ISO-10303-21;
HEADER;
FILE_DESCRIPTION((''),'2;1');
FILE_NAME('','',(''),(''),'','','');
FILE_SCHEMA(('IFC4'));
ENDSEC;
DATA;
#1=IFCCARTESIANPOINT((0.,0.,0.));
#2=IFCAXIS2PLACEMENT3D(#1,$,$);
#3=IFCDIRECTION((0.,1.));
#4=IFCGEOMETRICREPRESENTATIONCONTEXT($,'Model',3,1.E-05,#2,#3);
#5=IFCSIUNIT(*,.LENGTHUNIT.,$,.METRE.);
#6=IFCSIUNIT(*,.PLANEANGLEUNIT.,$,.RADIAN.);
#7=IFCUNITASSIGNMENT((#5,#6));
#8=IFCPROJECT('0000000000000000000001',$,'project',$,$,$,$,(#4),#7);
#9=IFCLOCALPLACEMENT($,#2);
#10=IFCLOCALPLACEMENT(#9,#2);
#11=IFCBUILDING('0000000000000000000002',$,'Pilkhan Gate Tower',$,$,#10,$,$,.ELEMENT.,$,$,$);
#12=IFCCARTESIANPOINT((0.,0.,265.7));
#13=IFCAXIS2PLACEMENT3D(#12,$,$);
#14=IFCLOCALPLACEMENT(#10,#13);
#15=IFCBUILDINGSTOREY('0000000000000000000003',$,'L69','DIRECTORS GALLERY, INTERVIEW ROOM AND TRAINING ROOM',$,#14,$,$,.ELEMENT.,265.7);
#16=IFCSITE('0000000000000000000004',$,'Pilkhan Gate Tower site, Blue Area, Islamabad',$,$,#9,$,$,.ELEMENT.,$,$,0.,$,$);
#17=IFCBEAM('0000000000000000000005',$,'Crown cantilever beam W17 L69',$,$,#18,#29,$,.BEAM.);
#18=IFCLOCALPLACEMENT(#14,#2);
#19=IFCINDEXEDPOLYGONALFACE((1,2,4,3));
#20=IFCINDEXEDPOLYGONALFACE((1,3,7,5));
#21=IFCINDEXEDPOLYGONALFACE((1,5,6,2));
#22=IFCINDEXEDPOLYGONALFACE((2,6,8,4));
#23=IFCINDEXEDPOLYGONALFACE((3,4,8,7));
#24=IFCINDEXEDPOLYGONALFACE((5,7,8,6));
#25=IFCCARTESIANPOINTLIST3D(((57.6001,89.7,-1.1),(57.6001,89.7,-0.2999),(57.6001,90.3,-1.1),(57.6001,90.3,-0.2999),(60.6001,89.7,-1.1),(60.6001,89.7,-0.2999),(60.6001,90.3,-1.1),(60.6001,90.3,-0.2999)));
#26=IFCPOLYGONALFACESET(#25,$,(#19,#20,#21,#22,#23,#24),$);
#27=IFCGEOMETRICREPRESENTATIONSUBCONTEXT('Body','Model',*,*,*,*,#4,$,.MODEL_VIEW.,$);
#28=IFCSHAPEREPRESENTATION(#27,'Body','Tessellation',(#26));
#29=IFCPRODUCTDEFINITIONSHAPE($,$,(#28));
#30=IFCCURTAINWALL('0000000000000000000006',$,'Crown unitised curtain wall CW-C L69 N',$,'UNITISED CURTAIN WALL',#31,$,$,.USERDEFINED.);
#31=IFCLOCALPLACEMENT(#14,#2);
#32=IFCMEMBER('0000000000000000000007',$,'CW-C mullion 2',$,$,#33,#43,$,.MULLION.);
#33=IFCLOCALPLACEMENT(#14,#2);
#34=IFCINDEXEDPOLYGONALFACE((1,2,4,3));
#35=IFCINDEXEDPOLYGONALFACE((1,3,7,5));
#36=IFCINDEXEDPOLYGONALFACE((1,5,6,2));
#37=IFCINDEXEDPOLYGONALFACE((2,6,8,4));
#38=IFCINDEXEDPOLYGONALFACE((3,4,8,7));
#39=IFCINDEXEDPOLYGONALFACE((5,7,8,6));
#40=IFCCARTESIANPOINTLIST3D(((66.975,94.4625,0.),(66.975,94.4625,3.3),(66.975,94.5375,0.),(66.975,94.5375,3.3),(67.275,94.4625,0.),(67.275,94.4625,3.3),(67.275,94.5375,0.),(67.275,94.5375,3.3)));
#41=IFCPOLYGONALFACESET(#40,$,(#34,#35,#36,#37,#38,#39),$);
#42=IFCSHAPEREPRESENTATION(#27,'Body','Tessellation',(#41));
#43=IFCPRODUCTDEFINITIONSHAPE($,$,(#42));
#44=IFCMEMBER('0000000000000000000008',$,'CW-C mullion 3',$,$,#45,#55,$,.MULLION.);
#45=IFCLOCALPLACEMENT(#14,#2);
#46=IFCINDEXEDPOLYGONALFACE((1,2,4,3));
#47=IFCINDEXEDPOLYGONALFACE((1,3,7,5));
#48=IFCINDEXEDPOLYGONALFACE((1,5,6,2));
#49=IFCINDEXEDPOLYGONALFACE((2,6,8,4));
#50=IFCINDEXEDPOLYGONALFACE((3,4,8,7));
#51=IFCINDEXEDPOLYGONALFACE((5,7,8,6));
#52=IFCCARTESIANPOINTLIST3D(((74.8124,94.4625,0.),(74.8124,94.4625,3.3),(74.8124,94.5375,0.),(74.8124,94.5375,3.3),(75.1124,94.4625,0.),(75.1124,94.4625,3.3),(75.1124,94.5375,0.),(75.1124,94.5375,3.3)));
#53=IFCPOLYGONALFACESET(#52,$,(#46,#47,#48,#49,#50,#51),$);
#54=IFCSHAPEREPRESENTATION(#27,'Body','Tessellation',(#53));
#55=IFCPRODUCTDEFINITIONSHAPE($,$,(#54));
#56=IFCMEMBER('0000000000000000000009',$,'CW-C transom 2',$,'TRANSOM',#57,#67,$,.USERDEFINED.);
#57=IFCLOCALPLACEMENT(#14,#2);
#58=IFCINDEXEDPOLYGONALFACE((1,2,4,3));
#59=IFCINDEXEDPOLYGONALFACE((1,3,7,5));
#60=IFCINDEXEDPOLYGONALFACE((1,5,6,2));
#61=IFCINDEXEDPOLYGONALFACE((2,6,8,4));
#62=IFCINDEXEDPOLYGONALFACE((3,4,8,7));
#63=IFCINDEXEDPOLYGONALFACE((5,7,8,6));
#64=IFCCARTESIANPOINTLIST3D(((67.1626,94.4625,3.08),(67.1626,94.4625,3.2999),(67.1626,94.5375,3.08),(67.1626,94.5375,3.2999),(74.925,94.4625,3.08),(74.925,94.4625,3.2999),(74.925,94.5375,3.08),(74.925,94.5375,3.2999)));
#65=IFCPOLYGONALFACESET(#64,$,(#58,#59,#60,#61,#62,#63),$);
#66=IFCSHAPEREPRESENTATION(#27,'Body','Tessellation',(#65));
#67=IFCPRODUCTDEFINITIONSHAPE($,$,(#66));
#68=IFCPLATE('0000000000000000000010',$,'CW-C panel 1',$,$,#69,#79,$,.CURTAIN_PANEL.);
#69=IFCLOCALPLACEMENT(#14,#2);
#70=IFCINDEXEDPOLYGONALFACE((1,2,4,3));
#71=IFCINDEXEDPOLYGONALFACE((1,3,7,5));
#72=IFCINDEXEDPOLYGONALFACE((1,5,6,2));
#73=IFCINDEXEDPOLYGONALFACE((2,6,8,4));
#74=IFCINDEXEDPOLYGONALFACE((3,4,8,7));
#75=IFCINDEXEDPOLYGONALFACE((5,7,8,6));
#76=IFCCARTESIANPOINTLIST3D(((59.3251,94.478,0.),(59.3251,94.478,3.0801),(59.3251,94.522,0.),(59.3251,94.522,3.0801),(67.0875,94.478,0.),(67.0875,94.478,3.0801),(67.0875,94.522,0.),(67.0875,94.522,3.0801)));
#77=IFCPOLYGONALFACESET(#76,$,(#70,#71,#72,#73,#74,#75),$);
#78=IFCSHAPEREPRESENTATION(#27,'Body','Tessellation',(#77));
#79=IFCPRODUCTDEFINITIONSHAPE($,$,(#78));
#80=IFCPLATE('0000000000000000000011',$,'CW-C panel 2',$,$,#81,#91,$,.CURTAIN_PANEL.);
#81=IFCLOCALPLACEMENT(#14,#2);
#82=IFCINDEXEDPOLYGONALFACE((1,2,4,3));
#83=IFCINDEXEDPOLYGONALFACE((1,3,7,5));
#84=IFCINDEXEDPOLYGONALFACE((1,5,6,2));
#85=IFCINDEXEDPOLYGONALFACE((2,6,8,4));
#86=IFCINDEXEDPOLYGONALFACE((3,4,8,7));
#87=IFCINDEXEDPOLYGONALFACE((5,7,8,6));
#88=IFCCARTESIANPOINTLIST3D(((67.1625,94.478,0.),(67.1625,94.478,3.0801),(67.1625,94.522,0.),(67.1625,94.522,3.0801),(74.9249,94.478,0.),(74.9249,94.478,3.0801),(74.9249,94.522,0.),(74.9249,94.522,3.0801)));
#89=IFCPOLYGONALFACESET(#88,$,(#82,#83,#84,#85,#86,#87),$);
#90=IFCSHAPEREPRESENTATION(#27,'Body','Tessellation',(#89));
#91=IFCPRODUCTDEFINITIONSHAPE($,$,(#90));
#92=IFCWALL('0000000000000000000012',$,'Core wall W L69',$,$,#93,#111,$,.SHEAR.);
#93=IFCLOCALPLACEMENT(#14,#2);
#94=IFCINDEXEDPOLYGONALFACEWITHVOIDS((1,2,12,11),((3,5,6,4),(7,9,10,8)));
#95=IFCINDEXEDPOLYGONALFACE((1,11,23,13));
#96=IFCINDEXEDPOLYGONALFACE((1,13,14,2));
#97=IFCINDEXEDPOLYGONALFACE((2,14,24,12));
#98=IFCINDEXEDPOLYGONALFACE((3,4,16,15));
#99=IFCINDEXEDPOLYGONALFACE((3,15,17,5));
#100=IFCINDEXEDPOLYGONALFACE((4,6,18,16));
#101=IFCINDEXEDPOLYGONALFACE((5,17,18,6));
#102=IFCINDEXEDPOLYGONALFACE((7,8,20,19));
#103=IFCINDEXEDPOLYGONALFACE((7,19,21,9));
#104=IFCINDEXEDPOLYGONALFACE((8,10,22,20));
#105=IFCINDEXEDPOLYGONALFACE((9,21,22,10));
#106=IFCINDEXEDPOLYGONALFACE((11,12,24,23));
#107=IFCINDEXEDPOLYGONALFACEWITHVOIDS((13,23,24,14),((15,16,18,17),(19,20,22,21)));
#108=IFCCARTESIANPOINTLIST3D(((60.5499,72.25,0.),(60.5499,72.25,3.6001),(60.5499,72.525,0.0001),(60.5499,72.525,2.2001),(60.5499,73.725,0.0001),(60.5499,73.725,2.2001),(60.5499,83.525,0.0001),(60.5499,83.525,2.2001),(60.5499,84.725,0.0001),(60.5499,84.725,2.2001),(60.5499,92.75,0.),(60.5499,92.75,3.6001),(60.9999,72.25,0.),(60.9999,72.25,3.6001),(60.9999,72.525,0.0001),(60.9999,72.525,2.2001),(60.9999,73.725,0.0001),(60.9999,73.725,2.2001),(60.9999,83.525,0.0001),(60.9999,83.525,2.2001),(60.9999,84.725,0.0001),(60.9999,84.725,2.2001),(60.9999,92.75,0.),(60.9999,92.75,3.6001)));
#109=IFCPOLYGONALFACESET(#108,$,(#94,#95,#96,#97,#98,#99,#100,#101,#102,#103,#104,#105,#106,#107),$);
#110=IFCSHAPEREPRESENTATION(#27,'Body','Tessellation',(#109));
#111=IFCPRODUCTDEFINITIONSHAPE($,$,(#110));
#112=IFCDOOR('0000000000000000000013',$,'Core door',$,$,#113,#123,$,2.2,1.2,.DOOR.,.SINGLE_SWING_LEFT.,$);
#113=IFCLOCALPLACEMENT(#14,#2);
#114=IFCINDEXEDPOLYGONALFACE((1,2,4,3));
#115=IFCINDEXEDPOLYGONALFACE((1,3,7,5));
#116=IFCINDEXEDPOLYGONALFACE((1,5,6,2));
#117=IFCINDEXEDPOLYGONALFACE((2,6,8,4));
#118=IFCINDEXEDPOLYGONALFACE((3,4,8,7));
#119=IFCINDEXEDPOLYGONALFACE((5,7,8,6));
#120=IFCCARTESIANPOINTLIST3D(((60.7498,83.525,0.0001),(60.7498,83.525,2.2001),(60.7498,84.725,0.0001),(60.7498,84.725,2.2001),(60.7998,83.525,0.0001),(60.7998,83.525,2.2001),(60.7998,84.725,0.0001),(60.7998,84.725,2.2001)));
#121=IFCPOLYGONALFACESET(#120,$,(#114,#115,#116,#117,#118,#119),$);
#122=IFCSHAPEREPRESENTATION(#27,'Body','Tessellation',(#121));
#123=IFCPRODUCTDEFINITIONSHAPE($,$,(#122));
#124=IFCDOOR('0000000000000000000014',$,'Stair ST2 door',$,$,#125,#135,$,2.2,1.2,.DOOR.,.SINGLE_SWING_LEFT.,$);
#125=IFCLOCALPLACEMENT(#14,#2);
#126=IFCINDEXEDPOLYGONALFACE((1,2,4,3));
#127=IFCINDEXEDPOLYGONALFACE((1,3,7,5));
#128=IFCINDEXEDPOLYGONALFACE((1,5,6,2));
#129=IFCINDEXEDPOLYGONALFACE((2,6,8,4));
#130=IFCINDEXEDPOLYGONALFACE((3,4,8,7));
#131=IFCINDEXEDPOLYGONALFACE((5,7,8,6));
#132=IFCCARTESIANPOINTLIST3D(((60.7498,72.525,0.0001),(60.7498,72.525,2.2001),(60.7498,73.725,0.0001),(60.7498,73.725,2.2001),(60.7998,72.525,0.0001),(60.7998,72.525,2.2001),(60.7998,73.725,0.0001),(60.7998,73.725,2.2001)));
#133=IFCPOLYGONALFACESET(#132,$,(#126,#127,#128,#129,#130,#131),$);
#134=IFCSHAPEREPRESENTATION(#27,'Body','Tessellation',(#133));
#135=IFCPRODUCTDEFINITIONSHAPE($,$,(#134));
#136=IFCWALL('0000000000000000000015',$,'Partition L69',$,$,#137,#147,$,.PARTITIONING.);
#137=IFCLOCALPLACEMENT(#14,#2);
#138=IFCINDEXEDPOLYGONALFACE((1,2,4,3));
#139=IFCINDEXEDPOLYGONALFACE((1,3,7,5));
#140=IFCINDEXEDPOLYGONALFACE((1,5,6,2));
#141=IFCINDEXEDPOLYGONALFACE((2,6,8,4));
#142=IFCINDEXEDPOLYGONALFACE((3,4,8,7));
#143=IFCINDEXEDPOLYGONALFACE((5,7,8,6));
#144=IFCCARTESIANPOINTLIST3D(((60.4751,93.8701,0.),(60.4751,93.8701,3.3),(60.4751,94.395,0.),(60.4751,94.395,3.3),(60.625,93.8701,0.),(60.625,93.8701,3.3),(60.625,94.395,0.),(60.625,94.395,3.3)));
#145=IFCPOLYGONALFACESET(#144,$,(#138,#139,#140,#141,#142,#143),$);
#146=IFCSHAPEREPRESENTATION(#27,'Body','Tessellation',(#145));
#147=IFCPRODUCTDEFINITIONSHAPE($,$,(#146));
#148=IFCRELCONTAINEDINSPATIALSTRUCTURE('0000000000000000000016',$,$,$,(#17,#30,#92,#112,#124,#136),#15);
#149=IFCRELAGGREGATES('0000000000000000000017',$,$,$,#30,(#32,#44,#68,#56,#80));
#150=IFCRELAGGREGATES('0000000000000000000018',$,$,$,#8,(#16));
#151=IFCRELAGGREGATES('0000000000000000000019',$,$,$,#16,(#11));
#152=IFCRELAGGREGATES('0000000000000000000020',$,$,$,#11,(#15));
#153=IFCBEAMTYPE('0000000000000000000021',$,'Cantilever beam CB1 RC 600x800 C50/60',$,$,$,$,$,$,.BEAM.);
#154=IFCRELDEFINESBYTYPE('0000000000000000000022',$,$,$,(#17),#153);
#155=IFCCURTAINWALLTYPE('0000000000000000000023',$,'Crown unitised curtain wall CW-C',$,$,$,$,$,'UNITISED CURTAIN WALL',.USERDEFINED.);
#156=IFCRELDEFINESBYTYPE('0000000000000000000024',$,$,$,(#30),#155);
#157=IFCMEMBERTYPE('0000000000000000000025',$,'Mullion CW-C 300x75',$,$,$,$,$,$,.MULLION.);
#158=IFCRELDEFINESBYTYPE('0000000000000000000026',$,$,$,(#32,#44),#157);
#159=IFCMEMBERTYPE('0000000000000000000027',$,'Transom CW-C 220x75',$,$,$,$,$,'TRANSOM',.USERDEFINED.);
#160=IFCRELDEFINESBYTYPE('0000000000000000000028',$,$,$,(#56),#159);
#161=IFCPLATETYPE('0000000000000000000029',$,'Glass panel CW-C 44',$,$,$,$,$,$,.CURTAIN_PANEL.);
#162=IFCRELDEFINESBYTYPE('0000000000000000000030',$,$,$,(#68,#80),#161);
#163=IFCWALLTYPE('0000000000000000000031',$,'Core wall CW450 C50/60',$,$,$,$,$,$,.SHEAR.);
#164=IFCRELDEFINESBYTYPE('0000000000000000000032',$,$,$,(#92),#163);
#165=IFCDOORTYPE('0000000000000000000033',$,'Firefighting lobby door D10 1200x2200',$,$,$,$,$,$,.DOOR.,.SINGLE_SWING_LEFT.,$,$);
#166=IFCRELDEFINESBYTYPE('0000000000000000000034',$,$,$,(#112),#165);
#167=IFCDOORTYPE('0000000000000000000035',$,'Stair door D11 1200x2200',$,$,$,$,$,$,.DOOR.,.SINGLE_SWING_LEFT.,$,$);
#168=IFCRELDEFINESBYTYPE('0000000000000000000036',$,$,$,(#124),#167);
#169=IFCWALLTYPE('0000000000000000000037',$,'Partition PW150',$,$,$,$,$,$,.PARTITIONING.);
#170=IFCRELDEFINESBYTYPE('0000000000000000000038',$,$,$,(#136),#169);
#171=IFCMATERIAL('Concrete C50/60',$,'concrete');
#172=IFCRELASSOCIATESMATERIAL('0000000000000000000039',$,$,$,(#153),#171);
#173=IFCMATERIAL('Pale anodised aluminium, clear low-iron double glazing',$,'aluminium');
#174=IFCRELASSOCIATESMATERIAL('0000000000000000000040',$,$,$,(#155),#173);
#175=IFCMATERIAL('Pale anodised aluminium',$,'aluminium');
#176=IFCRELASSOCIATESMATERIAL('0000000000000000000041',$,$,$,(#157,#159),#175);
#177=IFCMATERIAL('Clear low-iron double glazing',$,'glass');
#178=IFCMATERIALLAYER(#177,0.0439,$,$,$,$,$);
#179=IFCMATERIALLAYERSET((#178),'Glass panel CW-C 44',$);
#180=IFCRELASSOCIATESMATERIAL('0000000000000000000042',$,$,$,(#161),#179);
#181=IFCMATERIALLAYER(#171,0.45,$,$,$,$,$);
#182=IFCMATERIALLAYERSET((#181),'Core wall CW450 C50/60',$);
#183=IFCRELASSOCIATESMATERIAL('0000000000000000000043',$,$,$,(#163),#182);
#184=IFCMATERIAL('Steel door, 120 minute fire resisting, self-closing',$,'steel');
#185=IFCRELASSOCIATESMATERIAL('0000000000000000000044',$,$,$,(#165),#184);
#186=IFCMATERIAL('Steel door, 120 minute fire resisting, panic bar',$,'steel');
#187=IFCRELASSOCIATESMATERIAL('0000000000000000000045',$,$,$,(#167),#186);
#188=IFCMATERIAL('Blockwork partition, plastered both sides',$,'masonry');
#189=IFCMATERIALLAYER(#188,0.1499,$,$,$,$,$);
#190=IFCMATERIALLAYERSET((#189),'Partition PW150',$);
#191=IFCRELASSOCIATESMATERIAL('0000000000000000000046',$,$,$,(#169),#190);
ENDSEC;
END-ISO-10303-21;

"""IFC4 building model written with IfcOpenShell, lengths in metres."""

from ifc_helpers import new_model, si_unit, direction, frame, frame_2d, origin, origin_2d, place, context, subcontext, project, spatial, rectangle, extrude, material, layer, layer_set, material_profile, profile_set, type_object, element, fill, aggregate, save


model = new_model("IFC4")

# Units and contexts
model_context = context("Model", 3, precision=1e-05, world=origin(), true_north=direction((0.0, 1.0)))
body_context = subcontext(model_context, "Body", "Model", "MODEL_VIEW")
ifc_project = project(units=[si_unit("LENGTHUNIT", "METRE"), si_unit("PLANEANGLEUNIT", "RADIAN")], contexts=[model_context])

# Site, building, storey
site_placement = place(None, origin())
site = spatial("IfcSite", under=ifc_project, at=site_placement, Name="Pilkhan Gate Tower site, Blue Area, Islamabad", CompositionType="ELEMENT", RefElevation=0.0)
building_placement = place(site_placement, origin())
building = spatial("IfcBuilding", under=site, at=building_placement, Name="Pilkhan Gate Tower", CompositionType="ELEMENT")
storey_placement = place(building_placement, frame((0.0, 0.0, 265.7)))
storey = spatial("IfcBuildingStorey", under=building, at=storey_placement, Name="L69", Description="DIRECTORS GALLERY, INTERVIEW ROOM AND TRAINING ROOM", CompositionType="ELEMENT", Elevation=265.7)

# Beam
ifc_material_1 = material(Name="Concrete C50/60", Category="concrete")
ifc_material_profile_1 = material_profile(ifc_material_1, rectangle(XDim=0.6001, YDim=0.8, at=origin_2d()), Name="RC 600x800")
ifc_profile_set_1 = profile_set([ifc_material_profile_1], Name="Concrete C50/60")
beam_type = type_object("IfcBeamType", Name="Cantilever beam CB1 RC 600x800 C50/60", PredefinedType="BEAM", material=ifc_profile_set_1)
beam_placement = place(storey_placement, frame((60.6001, 90.0, -0.7), z_axis=(-1.0, 0.0, 0.0), x_axis=(0.0, -1.0, 0.0)))
element("IfcBeam", 1, at=beam_placement, inside=storey, type_object=beam_type, Name="Crown cantilever beam W17 L69", PredefinedType="BEAM", context=body_context, shape_type="SweptSolid", body=[
    extrude(rectangle(XDim=0.6001, YDim=0.8, at=origin_2d()), origin(), (0.0, 0.0, 1.0), 3.0),
])

# Curtain wall, members, plates
ifc_material_2 = material(Name="Pale anodised aluminium, clear low-iron double glazing", Category="aluminium")
curtain_wall_type = type_object("IfcCurtainWallType", Name="Crown unitised curtain wall CW-C", ElementType="UNITISED CURTAIN WALL", PredefinedType="USERDEFINED", material=ifc_material_2)
curtain_wall_placement = place(storey_placement, origin())
curtain_wall = element("IfcCurtainWall", 2, at=curtain_wall_placement, inside=storey, type_object=curtain_wall_type, Name="Crown unitised curtain wall CW-C L69 N", ObjectType="UNITISED CURTAIN WALL", PredefinedType="USERDEFINED")
ifc_material_3 = material(Name="Pale anodised aluminium", Category="aluminium")
ifc_material_profile_2 = material_profile(ifc_material_3, rectangle(XDim=0.075, YDim=0.3, at=origin_2d()), Name="Mullion 300x75")
ifc_profile_set_2 = profile_set([ifc_material_profile_2], Name="Pale anodised aluminium")
member_type_1 = type_object("IfcMemberType", Name="Mullion CW-C 300x75", PredefinedType="MULLION", material=ifc_profile_set_2)
member_1_placement = place(storey_placement, frame((67.125, 94.5, 0.0), z_axis=(0.0, 0.0, 1.0), x_axis=(0.0, 1.0, 0.0)))
member_1 = element("IfcMember", 3, at=member_1_placement, type_object=member_type_1, Name="CW-C mullion 2", PredefinedType="MULLION", context=body_context, shape_type="SweptSolid", body=[
    extrude(rectangle(XDim=0.075, YDim=0.3, at=origin_2d()), origin(), (0.0, 0.0, 1.0), 3.3),
])
member_2_placement = place(storey_placement, frame((74.9624, 94.5, 0.0), z_axis=(0.0, 0.0, 1.0), x_axis=(0.0, 1.0, 0.0)))
member_2 = element("IfcMember", 4, at=member_2_placement, type_object=member_type_1, Name="CW-C mullion 3", PredefinedType="MULLION", context=body_context, shape_type="SweptSolid", body=[
    extrude(rectangle(XDim=0.075, YDim=0.3, at=origin_2d()), origin(), (0.0, 0.0, 1.0), 3.3),
])
ifc_material_profile_3 = material_profile(ifc_material_3, rectangle(XDim=0.075, YDim=0.22, at=origin_2d()), Name="Transom 220x75")
ifc_profile_set_3 = profile_set([ifc_material_profile_3], Name="Pale anodised aluminium")
member_type_2 = type_object("IfcMemberType", Name="Transom CW-C 220x75", ElementType="TRANSOM", PredefinedType="USERDEFINED", material=ifc_profile_set_3)
member_3_placement = place(storey_placement, frame((67.1626, 94.5, 3.1899), z_axis=(1.0, 0.0, 0.0), x_axis=(0.0, 1.0, 0.0)))
member_3 = element("IfcMember", 5, at=member_3_placement, type_object=member_type_2, Name="CW-C transom 2", ObjectType="TRANSOM", PredefinedType="USERDEFINED", context=body_context, shape_type="SweptSolid", body=[
    extrude(rectangle(XDim=0.075, YDim=0.22, at=origin_2d()), origin(), (0.0, 0.0, 1.0), 7.7625),
])
ifc_material_4 = material(Name="Clear low-iron double glazing", Category="glass")
ifc_layer_1 = layer(ifc_material_4, 0.0439)
ifc_layer_set_1 = layer_set([ifc_layer_1], Name="Glass panel CW-C 44")
plate_type = type_object("IfcPlateType", Name="Glass panel CW-C 44", PredefinedType="CURTAIN_PANEL", material=ifc_layer_set_1)
plate_1_placement = place(storey_placement, frame((63.2063, 94.5, 0.0), z_axis=(0.0, 0.0, 1.0), x_axis=(1.0, 0.0, 0.0)))
plate_1 = element("IfcPlate", 6, at=plate_1_placement, type_object=plate_type, Name="CW-C panel 1", PredefinedType="CURTAIN_PANEL", context=body_context, shape_type="SweptSolid", body=[
    extrude(rectangle(XDim=7.7625, YDim=0.0439, at=origin_2d()), origin(), (0.0, 0.0, 1.0), 3.0801),
])
plate_2_placement = place(storey_placement, frame((71.0437, 94.5, 0.0), z_axis=(0.0, 0.0, 1.0), x_axis=(1.0, 0.0, 0.0)))
plate_2 = element("IfcPlate", 7, at=plate_2_placement, type_object=plate_type, Name="CW-C panel 2", PredefinedType="CURTAIN_PANEL", context=body_context, shape_type="SweptSolid", body=[
    extrude(rectangle(XDim=7.7625, YDim=0.0439, at=origin_2d()), origin(), (0.0, 0.0, 1.0), 3.0801),
])
aggregate(curtain_wall, [member_1, member_2, plate_1, member_3, plate_2])

# Wall, openings, doors
ifc_layer_2 = layer(ifc_material_1, 0.45)
ifc_layer_set_2 = layer_set([ifc_layer_2], Name="Core wall CW450 C50/60")
wall_type_1 = type_object("IfcWallType", Name="Core wall CW450 C50/60", PredefinedType="SHEAR", material=ifc_layer_set_2)
wall_1_placement = place(storey_placement, frame((60.7749, 92.75, 0.0), z_axis=(0.0, 0.0, 1.0), x_axis=(0.0, -1.0, 0.0)))
wall_1 = element("IfcWall", 8, at=wall_1_placement, inside=storey, type_object=wall_type_1, Name="Core wall W L69", PredefinedType="SHEAR", context=body_context, shape_type="SweptSolid", body=[
    extrude(rectangle(XDim=20.5, YDim=0.45, at=frame_2d((10.25, 0.0))), origin(), (0.0, 0.0, 1.0), 3.6001),
])
opening_1_placement = place(wall_1_placement, frame((19.0249, 0.0, 0.0)))
opening_1 = element("IfcOpeningElement", 9, at=opening_1_placement, cuts=wall_1, PredefinedType="OPENING", context=body_context, shape_type="SweptSolid", body=[
    extrude(rectangle(XDim=1.2, YDim=2.2, at=frame_2d((0.6001, 1.1001))), frame((0.0, 0.2349, 0.0), z_axis=(0.0, -1.0, 0.0), x_axis=(1.0, 0.0, 0.0)), (0.0, 0.0, 1.0), 0.47),
])
opening_2_placement = place(wall_1_placement, frame((8.0249, 0.0, 0.0)))
opening_2 = element("IfcOpeningElement", 10, at=opening_2_placement, cuts=wall_1, PredefinedType="OPENING", context=body_context, shape_type="SweptSolid", body=[
    extrude(rectangle(XDim=1.2, YDim=2.2, at=frame_2d((0.6001, 1.1001))), frame((0.0, 0.2349, 0.0), z_axis=(0.0, -1.0, 0.0), x_axis=(1.0, 0.0, 0.0)), (0.0, 0.0, 1.0), 0.47),
])
ifc_material_5 = material(Name="Steel door, 120 minute fire resisting, self-closing", Category="steel")
door_type_1 = type_object("IfcDoorType", Name="Firefighting lobby door D10 1200x2200", OperationType="SINGLE_SWING_LEFT", PredefinedType="DOOR", material=ifc_material_5)
door_1_placement = place(opening_2_placement, origin())
door_1 = element("IfcDoor", 11, at=door_1_placement, inside=storey, type_object=door_type_1, Name="Core door", OperationType="SINGLE_SWING_LEFT", OverallHeight=2.2, OverallWidth=1.2, PredefinedType="DOOR", context=body_context, shape_type="SweptSolid", body=[
    extrude(rectangle(XDim=1.2, YDim=2.2, at=frame_2d((0.6001, 1.1001))), frame((0.0, 0.0249, 0.0), z_axis=(0.0, -1.0, 0.0), x_axis=(1.0, 0.0, 0.0)), (0.0, 0.0, 1.0), 0.05),
])
fill(opening_2, door_1)
ifc_material_6 = material(Name="Steel door, 120 minute fire resisting, panic bar", Category="steel")
door_type_2 = type_object("IfcDoorType", Name="Stair door D11 1200x2200", OperationType="SINGLE_SWING_LEFT", PredefinedType="DOOR", material=ifc_material_6)
door_2_placement = place(opening_1_placement, origin())
door_2 = element("IfcDoor", 12, at=door_2_placement, inside=storey, type_object=door_type_2, Name="Stair ST2 door", OperationType="SINGLE_SWING_LEFT", OverallHeight=2.2, OverallWidth=1.2, PredefinedType="DOOR", context=body_context, shape_type="SweptSolid", body=[
    extrude(rectangle(XDim=1.2, YDim=2.2, at=frame_2d((0.6001, 1.1001))), frame((0.0, 0.0249, 0.0), z_axis=(0.0, -1.0, 0.0), x_axis=(1.0, 0.0, 0.0)), (0.0, 0.0, 1.0), 0.05),
])
fill(opening_1, door_2)

# Wall
ifc_material_7 = material(Name="Blockwork partition, plastered both sides", Category="masonry")
ifc_layer_3 = layer(ifc_material_7, 0.1499)
ifc_layer_set_3 = layer_set([ifc_layer_3], Name="Partition PW150")
wall_type_2 = type_object("IfcWallType", Name="Partition PW150", PredefinedType="PARTITIONING", material=ifc_layer_set_3)
wall_2_placement = place(storey_placement, frame((60.55, 93.8701, 0.0), z_axis=(0.0, 0.0, 1.0), x_axis=(0.0, 1.0, 0.0)))
element("IfcWall", 13, at=wall_2_placement, inside=storey, type_object=wall_type_2, Name="Partition L69", PredefinedType="PARTITIONING", context=body_context, shape_type="SweptSolid", body=[
    extrude(rectangle(XDim=0.5249, YDim=0.1499, at=frame_2d((0.2625, 0.0))), origin(), (0.0, 0.0, 1.0), 3.3),
])

save(model, "model.ifc")
